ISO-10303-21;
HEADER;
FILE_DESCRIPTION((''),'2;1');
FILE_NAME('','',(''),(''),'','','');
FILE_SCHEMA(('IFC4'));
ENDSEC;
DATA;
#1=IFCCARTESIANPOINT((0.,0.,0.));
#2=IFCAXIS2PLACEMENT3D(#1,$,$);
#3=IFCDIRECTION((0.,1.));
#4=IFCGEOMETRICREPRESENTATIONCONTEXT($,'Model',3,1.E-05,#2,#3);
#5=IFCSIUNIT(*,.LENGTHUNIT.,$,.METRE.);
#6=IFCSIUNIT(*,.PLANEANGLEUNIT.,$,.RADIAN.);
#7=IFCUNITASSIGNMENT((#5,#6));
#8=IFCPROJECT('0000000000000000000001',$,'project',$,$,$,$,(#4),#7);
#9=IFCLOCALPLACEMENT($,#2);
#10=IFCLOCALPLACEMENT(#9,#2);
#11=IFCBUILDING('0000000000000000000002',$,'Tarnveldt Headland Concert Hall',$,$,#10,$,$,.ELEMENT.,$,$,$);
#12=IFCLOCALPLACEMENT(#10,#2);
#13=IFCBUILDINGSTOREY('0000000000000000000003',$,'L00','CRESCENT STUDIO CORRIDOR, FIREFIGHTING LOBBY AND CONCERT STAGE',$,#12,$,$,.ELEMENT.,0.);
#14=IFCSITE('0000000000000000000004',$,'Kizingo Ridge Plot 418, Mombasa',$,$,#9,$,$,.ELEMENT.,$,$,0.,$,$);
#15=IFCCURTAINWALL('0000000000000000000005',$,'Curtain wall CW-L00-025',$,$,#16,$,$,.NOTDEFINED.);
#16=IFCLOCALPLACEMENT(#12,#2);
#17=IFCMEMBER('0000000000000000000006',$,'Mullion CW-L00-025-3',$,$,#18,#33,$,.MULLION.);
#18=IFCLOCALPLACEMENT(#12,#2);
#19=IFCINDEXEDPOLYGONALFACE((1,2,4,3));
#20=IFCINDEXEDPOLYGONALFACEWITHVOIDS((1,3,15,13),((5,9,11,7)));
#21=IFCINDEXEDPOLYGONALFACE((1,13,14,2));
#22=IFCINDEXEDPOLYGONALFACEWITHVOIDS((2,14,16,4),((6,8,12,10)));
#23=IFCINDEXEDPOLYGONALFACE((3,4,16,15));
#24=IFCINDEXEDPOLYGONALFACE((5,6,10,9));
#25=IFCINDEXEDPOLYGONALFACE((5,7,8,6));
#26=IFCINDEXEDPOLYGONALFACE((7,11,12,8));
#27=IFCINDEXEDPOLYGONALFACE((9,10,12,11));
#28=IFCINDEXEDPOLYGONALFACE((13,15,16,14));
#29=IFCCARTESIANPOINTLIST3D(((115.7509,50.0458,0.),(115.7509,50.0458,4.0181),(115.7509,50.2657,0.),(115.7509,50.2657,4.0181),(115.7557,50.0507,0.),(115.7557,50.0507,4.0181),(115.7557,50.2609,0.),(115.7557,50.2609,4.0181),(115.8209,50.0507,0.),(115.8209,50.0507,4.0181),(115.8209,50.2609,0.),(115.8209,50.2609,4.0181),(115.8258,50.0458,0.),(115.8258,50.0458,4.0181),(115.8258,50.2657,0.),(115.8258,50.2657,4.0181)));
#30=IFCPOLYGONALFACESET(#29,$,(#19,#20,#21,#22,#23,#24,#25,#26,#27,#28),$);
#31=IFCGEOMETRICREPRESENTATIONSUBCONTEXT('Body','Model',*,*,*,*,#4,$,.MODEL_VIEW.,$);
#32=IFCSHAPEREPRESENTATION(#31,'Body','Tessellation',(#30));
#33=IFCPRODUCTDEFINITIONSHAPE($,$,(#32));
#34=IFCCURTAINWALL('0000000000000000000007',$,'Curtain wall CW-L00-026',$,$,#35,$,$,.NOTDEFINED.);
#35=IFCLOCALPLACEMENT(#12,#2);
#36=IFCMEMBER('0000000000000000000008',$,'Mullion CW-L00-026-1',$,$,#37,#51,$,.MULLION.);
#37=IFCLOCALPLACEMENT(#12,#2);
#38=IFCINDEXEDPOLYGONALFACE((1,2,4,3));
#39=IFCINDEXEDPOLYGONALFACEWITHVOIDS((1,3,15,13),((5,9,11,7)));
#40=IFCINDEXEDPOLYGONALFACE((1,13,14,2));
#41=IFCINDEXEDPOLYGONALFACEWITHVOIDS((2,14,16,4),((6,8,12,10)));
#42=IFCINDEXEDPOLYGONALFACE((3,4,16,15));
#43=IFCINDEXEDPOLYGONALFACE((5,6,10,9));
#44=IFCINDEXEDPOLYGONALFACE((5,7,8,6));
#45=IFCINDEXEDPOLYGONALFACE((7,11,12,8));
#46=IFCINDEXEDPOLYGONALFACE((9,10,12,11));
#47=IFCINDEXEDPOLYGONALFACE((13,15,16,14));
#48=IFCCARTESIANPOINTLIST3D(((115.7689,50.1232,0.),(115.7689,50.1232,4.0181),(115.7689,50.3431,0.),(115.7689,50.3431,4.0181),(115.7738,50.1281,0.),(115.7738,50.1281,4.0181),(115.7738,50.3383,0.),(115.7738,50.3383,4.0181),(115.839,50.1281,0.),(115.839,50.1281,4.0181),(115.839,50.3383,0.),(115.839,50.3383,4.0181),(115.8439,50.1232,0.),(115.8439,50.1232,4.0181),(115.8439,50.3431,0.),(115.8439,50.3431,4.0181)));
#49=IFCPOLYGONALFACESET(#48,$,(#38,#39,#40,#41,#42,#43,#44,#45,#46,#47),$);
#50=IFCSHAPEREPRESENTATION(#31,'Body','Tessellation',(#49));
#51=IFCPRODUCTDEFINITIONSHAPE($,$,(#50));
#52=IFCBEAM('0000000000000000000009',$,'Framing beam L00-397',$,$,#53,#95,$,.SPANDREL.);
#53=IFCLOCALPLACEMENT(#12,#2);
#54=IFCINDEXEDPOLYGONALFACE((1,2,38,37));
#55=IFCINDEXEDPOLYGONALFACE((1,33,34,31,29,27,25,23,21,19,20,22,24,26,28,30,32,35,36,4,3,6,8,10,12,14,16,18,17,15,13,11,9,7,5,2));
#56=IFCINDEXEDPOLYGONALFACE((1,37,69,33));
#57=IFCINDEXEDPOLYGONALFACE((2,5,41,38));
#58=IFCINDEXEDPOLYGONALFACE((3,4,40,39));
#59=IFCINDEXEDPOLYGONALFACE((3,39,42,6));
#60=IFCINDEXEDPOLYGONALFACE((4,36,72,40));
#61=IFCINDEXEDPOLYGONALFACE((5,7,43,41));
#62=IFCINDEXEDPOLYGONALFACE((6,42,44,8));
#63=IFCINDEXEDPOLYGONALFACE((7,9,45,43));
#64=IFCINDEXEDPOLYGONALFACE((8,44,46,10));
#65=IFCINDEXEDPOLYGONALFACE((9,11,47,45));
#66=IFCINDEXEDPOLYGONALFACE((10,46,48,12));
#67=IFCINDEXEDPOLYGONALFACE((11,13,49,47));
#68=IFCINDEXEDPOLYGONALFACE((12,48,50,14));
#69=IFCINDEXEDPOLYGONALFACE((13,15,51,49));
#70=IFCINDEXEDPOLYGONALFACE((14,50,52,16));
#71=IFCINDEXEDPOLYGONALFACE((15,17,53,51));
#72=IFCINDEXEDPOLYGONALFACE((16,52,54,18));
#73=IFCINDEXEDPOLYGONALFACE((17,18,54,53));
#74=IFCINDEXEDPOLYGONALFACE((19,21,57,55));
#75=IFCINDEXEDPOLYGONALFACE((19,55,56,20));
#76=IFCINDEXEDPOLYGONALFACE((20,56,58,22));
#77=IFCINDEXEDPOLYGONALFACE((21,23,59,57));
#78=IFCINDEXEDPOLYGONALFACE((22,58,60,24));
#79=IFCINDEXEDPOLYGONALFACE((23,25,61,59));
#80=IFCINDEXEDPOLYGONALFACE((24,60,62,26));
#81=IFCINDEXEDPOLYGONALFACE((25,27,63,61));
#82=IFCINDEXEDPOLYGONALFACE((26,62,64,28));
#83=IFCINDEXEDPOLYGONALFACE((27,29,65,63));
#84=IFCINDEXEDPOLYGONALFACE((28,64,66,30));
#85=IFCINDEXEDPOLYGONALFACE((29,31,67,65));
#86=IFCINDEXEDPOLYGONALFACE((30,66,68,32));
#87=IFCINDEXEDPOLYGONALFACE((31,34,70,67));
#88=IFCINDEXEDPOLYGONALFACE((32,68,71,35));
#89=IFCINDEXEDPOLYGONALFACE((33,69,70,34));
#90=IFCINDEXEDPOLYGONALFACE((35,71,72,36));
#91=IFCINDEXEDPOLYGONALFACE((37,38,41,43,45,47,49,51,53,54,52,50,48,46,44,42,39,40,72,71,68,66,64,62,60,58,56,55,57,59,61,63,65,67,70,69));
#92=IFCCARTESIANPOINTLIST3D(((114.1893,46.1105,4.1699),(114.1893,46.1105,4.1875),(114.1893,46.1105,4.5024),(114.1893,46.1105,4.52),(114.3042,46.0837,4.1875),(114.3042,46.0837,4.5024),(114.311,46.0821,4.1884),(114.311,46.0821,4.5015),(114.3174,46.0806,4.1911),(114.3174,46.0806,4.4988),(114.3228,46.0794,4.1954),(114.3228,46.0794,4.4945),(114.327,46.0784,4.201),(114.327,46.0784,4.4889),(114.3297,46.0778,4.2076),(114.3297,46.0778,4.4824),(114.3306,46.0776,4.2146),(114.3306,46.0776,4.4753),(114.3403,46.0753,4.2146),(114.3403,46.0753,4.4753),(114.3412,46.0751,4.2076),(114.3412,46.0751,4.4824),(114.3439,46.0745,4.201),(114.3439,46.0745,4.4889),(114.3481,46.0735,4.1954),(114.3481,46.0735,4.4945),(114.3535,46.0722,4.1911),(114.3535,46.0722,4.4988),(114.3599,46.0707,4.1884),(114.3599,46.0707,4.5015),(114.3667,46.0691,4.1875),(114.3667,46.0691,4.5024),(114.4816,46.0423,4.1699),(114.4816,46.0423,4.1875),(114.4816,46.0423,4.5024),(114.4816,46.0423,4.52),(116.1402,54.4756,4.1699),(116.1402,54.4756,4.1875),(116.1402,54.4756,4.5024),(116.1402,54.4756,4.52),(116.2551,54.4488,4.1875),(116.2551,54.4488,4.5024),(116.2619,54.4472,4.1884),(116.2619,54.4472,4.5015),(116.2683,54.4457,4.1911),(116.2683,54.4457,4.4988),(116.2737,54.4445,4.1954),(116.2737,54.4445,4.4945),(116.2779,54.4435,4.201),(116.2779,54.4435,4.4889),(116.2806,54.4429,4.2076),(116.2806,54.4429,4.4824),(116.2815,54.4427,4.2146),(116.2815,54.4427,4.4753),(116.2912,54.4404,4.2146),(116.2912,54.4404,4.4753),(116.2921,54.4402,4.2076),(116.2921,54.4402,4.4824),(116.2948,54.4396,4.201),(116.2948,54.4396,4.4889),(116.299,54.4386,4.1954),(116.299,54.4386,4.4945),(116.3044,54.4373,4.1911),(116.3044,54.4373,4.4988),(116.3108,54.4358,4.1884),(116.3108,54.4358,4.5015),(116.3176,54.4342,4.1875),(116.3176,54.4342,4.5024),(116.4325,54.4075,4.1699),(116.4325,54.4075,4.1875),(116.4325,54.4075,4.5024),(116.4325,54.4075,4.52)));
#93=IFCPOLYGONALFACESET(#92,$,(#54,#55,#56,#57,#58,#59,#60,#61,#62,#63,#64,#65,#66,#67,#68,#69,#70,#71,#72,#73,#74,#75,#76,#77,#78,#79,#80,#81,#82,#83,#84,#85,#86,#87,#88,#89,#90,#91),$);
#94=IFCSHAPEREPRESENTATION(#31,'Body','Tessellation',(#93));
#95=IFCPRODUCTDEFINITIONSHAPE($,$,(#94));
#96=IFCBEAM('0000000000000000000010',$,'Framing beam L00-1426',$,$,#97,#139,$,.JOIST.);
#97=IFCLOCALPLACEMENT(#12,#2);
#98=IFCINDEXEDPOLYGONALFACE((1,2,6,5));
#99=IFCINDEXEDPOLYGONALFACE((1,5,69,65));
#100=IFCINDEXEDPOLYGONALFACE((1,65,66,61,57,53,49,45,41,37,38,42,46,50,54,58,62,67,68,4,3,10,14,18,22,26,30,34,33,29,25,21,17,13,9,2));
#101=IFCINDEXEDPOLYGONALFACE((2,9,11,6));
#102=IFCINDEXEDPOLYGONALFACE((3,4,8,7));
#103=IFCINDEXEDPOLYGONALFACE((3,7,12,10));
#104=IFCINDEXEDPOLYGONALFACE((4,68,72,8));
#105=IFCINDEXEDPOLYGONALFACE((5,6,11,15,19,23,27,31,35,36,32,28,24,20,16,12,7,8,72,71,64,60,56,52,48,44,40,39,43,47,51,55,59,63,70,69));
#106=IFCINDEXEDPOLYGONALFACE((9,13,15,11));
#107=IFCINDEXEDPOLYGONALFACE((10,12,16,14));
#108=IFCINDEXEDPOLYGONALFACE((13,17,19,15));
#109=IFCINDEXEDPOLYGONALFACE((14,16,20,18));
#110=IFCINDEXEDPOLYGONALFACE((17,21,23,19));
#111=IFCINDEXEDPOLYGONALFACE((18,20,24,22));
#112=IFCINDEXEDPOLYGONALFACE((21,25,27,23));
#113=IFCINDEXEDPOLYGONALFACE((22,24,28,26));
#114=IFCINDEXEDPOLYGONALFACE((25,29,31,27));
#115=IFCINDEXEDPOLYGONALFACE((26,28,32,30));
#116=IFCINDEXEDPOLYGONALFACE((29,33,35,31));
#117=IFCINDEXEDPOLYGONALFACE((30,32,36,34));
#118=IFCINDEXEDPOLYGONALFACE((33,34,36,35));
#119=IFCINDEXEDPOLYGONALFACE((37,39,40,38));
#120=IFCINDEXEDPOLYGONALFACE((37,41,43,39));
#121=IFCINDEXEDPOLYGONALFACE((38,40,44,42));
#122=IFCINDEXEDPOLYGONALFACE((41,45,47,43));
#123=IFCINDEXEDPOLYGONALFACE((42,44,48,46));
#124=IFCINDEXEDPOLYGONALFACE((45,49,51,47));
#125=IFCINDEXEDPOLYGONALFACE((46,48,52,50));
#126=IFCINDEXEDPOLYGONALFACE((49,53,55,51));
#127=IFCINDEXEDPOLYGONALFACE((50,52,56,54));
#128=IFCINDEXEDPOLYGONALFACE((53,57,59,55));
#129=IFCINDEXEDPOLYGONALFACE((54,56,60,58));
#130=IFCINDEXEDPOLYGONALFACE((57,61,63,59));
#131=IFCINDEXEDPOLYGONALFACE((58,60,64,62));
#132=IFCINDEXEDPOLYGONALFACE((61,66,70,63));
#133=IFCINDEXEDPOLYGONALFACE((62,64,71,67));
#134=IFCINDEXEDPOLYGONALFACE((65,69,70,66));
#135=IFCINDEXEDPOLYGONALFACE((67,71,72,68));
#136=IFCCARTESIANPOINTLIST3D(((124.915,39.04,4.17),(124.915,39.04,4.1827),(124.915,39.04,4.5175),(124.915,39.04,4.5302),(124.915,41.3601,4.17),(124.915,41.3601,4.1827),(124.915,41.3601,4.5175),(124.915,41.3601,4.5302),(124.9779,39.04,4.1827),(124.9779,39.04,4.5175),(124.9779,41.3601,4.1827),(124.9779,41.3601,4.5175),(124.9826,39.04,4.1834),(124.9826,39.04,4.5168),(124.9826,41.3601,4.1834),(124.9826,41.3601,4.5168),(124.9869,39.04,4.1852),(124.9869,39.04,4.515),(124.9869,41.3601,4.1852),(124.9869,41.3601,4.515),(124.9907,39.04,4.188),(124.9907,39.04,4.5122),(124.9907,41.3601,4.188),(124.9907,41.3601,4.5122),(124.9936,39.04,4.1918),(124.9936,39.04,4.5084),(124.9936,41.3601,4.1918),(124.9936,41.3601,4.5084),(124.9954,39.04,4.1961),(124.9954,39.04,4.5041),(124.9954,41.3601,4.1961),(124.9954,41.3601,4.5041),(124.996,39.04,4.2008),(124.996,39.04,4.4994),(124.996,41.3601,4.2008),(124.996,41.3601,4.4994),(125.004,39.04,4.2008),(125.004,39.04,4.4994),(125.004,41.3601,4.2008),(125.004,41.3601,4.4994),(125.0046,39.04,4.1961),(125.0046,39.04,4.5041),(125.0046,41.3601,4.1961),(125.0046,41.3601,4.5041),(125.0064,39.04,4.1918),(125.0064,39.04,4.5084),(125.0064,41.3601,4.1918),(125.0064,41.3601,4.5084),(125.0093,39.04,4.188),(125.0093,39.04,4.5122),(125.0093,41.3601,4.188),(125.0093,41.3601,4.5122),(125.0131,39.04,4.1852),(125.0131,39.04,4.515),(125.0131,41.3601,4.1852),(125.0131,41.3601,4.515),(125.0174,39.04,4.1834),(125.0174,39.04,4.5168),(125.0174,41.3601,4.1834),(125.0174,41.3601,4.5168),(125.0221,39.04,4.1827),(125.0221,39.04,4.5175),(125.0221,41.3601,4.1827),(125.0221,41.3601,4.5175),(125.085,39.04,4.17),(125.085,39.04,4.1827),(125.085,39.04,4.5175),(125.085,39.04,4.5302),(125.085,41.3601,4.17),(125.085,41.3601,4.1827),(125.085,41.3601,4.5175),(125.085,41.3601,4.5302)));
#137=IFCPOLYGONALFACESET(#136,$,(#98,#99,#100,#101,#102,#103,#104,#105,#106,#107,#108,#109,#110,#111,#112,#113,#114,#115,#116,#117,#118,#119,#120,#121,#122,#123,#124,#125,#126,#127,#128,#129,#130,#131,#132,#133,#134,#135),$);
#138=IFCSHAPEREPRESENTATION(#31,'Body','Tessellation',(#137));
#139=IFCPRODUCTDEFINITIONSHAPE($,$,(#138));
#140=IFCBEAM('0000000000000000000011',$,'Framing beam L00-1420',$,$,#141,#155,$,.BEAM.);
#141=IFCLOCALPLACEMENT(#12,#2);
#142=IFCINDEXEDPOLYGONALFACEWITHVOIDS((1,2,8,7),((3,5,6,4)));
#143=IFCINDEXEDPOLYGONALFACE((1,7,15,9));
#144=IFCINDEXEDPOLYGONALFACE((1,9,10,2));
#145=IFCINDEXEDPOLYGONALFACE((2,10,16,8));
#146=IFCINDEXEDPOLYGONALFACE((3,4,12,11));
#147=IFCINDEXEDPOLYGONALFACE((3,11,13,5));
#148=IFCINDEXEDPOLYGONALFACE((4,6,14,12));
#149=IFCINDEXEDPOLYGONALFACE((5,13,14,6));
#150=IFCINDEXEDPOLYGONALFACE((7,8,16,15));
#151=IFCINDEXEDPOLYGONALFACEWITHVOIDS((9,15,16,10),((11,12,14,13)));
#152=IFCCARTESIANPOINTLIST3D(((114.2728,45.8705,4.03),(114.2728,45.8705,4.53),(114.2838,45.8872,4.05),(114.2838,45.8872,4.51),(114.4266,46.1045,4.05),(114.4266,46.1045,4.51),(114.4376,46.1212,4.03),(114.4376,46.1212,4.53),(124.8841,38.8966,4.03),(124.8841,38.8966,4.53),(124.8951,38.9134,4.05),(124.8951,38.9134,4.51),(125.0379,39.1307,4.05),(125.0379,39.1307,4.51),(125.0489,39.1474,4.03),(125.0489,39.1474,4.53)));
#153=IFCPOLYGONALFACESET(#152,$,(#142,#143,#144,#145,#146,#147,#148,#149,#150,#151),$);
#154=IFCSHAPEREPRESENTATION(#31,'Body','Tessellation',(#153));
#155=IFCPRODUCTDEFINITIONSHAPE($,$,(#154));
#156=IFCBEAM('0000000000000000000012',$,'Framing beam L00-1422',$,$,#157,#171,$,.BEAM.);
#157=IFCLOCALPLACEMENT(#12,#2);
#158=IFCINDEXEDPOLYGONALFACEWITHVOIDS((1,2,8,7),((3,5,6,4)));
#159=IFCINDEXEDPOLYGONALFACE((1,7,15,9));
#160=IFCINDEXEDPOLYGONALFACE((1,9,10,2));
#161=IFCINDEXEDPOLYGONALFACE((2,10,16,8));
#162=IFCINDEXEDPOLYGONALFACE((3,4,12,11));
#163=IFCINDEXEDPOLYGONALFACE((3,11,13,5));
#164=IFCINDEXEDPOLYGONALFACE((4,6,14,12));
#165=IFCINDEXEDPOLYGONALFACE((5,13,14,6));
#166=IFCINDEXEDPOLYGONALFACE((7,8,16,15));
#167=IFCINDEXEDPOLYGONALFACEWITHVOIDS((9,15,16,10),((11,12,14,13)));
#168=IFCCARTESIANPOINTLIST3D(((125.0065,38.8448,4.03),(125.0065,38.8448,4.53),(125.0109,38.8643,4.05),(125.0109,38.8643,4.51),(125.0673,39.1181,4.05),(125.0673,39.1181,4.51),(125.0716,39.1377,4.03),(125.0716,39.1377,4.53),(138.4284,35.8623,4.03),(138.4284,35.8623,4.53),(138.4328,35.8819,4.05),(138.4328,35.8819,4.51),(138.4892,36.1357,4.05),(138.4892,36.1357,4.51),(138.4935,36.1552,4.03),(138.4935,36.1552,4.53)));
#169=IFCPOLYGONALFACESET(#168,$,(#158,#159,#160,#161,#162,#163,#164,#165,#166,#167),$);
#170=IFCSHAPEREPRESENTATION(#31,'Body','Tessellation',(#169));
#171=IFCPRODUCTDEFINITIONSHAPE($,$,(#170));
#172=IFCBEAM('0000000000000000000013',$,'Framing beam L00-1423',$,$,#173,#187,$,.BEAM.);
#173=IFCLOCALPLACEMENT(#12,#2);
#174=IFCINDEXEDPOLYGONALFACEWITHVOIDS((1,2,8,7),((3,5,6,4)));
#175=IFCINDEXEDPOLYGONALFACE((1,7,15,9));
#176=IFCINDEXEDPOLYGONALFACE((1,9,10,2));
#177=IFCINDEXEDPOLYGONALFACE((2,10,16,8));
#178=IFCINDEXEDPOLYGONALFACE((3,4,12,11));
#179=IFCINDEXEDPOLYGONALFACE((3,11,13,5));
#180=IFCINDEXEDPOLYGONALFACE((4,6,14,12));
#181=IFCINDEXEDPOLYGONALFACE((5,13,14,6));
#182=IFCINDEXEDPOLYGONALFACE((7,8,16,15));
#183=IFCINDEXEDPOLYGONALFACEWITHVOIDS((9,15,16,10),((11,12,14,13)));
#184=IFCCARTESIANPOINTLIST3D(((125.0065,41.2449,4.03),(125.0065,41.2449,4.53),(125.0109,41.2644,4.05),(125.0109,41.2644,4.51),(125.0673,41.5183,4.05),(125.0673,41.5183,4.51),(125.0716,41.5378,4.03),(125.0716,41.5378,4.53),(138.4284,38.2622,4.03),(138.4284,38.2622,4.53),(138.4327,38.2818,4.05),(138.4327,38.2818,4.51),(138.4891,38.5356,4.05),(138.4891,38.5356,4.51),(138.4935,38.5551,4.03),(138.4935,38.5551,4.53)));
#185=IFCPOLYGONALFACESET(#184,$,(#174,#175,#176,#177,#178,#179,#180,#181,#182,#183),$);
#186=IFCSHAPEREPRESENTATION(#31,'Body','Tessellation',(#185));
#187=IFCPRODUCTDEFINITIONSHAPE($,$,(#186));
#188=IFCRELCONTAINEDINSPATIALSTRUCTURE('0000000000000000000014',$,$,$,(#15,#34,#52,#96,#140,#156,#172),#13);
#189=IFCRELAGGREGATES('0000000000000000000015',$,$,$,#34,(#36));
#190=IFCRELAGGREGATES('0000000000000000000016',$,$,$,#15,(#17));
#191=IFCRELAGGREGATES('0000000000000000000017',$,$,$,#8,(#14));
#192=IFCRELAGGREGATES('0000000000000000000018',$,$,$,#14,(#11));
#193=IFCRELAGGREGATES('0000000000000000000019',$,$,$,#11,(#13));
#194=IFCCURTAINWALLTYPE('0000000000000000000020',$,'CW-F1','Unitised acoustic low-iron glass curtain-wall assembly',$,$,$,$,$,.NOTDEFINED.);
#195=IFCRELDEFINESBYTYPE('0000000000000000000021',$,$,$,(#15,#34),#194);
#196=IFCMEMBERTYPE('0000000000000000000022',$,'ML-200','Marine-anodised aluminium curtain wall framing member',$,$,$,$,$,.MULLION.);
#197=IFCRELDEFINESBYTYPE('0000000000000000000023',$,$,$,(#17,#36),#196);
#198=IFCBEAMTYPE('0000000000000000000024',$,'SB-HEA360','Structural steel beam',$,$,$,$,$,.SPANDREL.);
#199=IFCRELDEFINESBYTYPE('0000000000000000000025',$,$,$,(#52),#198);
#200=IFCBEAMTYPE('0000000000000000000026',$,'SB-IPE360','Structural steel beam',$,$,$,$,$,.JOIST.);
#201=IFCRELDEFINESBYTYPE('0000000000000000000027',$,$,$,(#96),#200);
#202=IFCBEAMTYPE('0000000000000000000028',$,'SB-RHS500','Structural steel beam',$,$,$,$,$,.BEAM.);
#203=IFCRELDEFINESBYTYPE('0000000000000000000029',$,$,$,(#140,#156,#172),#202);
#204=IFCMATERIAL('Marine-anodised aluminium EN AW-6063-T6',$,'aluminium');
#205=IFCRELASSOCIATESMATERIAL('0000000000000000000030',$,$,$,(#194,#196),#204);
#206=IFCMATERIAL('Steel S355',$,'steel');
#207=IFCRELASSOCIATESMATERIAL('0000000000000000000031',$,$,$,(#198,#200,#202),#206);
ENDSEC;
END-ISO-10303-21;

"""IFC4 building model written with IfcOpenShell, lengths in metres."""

from ifc_helpers import new_model, si_unit, direction, frame, origin, origin_2d, place, context, subcontext, project, spatial, hollow_rectangle, i_section, extrude, material, material_profile, profile_set, type_object, element, aggregate, save


model = new_model("IFC4")

# Units and contexts
model_context = context("Model", 3, precision=1e-05, world=origin(), true_north=direction((0.0, 1.0)))
body_context = subcontext(model_context, "Body", "Model", "MODEL_VIEW")
ifc_project = project(units=[si_unit("LENGTHUNIT", "METRE"), si_unit("PLANEANGLEUNIT", "RADIAN")], contexts=[model_context])

# Site, building, storey
site_placement = place(None, origin())
site = spatial("IfcSite", under=ifc_project, at=site_placement, Name="Kizingo Ridge Plot 418, Mombasa", CompositionType="ELEMENT", RefElevation=0.0)
building_placement = place(site_placement, origin())
building = spatial("IfcBuilding", under=site, at=building_placement, Name="Tarnveldt Headland Concert Hall", CompositionType="ELEMENT")
storey_placement = place(building_placement, origin())
storey = spatial("IfcBuildingStorey", under=building, at=storey_placement, Name="L00", Description="CRESCENT STUDIO CORRIDOR, FIREFIGHTING LOBBY AND CONCERT STAGE", CompositionType="ELEMENT", Elevation=0.0)

# Shared definitions
ifc_material_1 = material(Name="Steel S355", Category="steel")

# Curtain wall, member
ifc_material_2 = material(Name="Marine-anodised aluminium EN AW-6063-T6", Category="aluminium")
curtain_wall_type = type_object("IfcCurtainWallType", Name="CW-F1", Description="Unitised acoustic low-iron glass curtain-wall assembly", PredefinedType="NOTDEFINED", material=ifc_material_2)
curtain_wall_1_placement = place(storey_placement, origin())
curtain_wall_1 = element("IfcCurtainWall", 1, at=curtain_wall_1_placement, inside=storey, type_object=curtain_wall_type, Name="Curtain wall CW-L00-025", PredefinedType="NOTDEFINED")
ifc_material_profile_1 = material_profile(ifc_material_2, hollow_rectangle(XDim=0.075, YDim=0.22, WallThickness=0.0049, at=origin_2d()), Name="ALU MULLION 75x220x5", Category="aluminium")
ifc_profile_set_1 = profile_set([ifc_material_profile_1], Name="Marine-anodised aluminium EN AW-6063-T6")
member_type_1 = type_object("IfcMemberType", Name="ML-200", Description="Marine-anodised aluminium curtain wall framing member", PredefinedType="MULLION", material=ifc_profile_set_1)
member_1_placement = place(storey_placement, frame((115.7883, 50.1558, 0.0), z_axis=(0.0, 0.0, 1.0), x_axis=(1.0, 0.0, 0.0)))
member_1 = element("IfcMember", 2, at=member_1_placement, type_object=member_type_1, Name="Mullion CW-L00-025-3", PredefinedType="MULLION", context=body_context, shape_type="SweptSolid", body=[
    extrude(hollow_rectangle(XDim=0.075, YDim=0.22, WallThickness=0.0049, at=origin_2d()), origin(), (0.0, 0.0, 1.0), 4.0181),
])

# Curtain wall, member
curtain_wall_2_placement = place(storey_placement, origin())
curtain_wall_2 = element("IfcCurtainWall", 3, at=curtain_wall_2_placement, inside=storey, type_object=curtain_wall_type, Name="Curtain wall CW-L00-026", PredefinedType="NOTDEFINED")
member_2_placement = place(storey_placement, frame((115.8064, 50.2332, 0.0), z_axis=(0.0, 0.0, 1.0), x_axis=(1.0, 0.0, 0.0)))
member_2 = element("IfcMember", 4, at=member_2_placement, type_object=member_type_1, Name="Mullion CW-L00-026-1", PredefinedType="MULLION", context=body_context, shape_type="SweptSolid", body=[
    extrude(hollow_rectangle(XDim=0.075, YDim=0.22, WallThickness=0.0049, at=origin_2d()), origin(), (0.0, 0.0, 1.0), 4.0181),
])

# Beams
ifc_material_profile_2 = material_profile(ifc_material_1, i_section(OverallWidth=0.3, OverallDepth=0.3501, WebThickness=0.01, FlangeThickness=0.0176, FilletRadius=0.0271, at=origin_2d()), Name="HEA360", Category="steel")
ifc_profile_set_2 = profile_set([ifc_material_profile_2], Name="Steel S355")
beam_type_1 = type_object("IfcBeamType", Name="SB-HEA360", Description="Structural steel beam", PredefinedType="SPANDREL", material=ifc_profile_set_2)
beam_1_placement = place(storey_placement, frame((114.3354, 46.0764, 4.345), z_axis=(0.227124, 0.973866, 0.0), x_axis=(-0.973866, 0.227124, 0.0)))
element("IfcBeam", 5, at=beam_1_placement, inside=storey, type_object=beam_type_1, Name="Framing beam L00-397", PredefinedType="SPANDREL", context=body_context, shape_type="SweptSolid", body=[
    extrude(i_section(OverallWidth=0.3, OverallDepth=0.3501, WebThickness=0.01, FlangeThickness=0.0176, FilletRadius=0.0271, at=origin_2d()), origin(), (0.0, 0.0, 1.0), 8.5896),
])
ifc_material_profile_3 = material_profile(ifc_material_1, i_section(OverallWidth=0.1699, OverallDepth=0.3601, WebThickness=0.0081, FlangeThickness=0.0127, FilletRadius=0.0181, at=origin_2d()), Name="IPE360", Category="steel")
ifc_profile_set_3 = profile_set([ifc_material_profile_3], Name="Steel S355")
beam_type_2 = type_object("IfcBeamType", Name="SB-IPE360", Description="Structural steel beam", PredefinedType="JOIST", material=ifc_profile_set_3)
beam_2_placement = place(storey_placement, frame((125.0, 39.04, 4.3501), z_axis=(0.0, 1.0, 0.0), x_axis=(-1.0, 0.0, 0.0)))
element("IfcBeam", 6, at=beam_2_placement, inside=storey, type_object=beam_type_2, Name="Framing beam L00-1426", PredefinedType="JOIST", context=body_context, shape_type="SweptSolid", body=[
    extrude(i_section(OverallWidth=0.1699, OverallDepth=0.3601, WebThickness=0.0081, FlangeThickness=0.0127, FilletRadius=0.0181, at=origin_2d()), origin(), (0.0, 0.0, 1.0), 2.3201),
])
ifc_material_profile_4 = material_profile(ifc_material_1, hollow_rectangle(XDim=0.3, YDim=0.5, WallThickness=0.02, at=origin_2d()), Name="RHS 500x300x20", Category="steel")
ifc_profile_set_4 = profile_set([ifc_material_profile_4], Name="Steel S355")
beam_type_3 = type_object("IfcBeamType", Name="SB-RHS500", Description="Structural steel beam", PredefinedType="BEAM", material=ifc_profile_set_4)
beam_3_placement = place(storey_placement, frame((114.3552, 45.9958, 4.28), z_axis=(0.83568, -0.549217, 0.0), x_axis=(0.549217, 0.83568, 0.0)))
element("IfcBeam", 7, at=beam_3_placement, inside=storey, type_object=beam_type_3, Name="Framing beam L00-1420", PredefinedType="BEAM", context=body_context, shape_type="SweptSolid", body=[
    extrude(hollow_rectangle(XDim=0.3, YDim=0.5, WallThickness=0.02, at=origin_2d()), origin(), (0.0, 0.0, 1.0), 12.6978),
])
for number, where, z_axis, x_axis, name in (
    (8, (125.0391, 38.9912, 4.28), (0.97619, -0.216915, 0.0), (0.216915, 0.97619, 0.0), "Framing beam L00-1422"),
    (9, (125.0391, 41.3914, 4.28), (0.976187, -0.216932, 0.0), (0.216932, 0.976187, 0.0), "Framing beam L00-1423"),
):
    element("IfcBeam", number, at=place(storey_placement, frame(where, z_axis=z_axis, x_axis=x_axis)), inside=storey, type_object=beam_type_3, Name=name, PredefinedType="BEAM", context=body_context, shape_type="SweptSolid", body=[
        extrude(hollow_rectangle(XDim=0.3, YDim=0.5, WallThickness=0.02, at=origin_2d()), origin(), (0.0, 0.0, 1.0), 13.7493),
    ])

aggregate(curtain_wall_2, [member_2])

aggregate(curtain_wall_1, [member_1])

save(model, "model.ifc")
